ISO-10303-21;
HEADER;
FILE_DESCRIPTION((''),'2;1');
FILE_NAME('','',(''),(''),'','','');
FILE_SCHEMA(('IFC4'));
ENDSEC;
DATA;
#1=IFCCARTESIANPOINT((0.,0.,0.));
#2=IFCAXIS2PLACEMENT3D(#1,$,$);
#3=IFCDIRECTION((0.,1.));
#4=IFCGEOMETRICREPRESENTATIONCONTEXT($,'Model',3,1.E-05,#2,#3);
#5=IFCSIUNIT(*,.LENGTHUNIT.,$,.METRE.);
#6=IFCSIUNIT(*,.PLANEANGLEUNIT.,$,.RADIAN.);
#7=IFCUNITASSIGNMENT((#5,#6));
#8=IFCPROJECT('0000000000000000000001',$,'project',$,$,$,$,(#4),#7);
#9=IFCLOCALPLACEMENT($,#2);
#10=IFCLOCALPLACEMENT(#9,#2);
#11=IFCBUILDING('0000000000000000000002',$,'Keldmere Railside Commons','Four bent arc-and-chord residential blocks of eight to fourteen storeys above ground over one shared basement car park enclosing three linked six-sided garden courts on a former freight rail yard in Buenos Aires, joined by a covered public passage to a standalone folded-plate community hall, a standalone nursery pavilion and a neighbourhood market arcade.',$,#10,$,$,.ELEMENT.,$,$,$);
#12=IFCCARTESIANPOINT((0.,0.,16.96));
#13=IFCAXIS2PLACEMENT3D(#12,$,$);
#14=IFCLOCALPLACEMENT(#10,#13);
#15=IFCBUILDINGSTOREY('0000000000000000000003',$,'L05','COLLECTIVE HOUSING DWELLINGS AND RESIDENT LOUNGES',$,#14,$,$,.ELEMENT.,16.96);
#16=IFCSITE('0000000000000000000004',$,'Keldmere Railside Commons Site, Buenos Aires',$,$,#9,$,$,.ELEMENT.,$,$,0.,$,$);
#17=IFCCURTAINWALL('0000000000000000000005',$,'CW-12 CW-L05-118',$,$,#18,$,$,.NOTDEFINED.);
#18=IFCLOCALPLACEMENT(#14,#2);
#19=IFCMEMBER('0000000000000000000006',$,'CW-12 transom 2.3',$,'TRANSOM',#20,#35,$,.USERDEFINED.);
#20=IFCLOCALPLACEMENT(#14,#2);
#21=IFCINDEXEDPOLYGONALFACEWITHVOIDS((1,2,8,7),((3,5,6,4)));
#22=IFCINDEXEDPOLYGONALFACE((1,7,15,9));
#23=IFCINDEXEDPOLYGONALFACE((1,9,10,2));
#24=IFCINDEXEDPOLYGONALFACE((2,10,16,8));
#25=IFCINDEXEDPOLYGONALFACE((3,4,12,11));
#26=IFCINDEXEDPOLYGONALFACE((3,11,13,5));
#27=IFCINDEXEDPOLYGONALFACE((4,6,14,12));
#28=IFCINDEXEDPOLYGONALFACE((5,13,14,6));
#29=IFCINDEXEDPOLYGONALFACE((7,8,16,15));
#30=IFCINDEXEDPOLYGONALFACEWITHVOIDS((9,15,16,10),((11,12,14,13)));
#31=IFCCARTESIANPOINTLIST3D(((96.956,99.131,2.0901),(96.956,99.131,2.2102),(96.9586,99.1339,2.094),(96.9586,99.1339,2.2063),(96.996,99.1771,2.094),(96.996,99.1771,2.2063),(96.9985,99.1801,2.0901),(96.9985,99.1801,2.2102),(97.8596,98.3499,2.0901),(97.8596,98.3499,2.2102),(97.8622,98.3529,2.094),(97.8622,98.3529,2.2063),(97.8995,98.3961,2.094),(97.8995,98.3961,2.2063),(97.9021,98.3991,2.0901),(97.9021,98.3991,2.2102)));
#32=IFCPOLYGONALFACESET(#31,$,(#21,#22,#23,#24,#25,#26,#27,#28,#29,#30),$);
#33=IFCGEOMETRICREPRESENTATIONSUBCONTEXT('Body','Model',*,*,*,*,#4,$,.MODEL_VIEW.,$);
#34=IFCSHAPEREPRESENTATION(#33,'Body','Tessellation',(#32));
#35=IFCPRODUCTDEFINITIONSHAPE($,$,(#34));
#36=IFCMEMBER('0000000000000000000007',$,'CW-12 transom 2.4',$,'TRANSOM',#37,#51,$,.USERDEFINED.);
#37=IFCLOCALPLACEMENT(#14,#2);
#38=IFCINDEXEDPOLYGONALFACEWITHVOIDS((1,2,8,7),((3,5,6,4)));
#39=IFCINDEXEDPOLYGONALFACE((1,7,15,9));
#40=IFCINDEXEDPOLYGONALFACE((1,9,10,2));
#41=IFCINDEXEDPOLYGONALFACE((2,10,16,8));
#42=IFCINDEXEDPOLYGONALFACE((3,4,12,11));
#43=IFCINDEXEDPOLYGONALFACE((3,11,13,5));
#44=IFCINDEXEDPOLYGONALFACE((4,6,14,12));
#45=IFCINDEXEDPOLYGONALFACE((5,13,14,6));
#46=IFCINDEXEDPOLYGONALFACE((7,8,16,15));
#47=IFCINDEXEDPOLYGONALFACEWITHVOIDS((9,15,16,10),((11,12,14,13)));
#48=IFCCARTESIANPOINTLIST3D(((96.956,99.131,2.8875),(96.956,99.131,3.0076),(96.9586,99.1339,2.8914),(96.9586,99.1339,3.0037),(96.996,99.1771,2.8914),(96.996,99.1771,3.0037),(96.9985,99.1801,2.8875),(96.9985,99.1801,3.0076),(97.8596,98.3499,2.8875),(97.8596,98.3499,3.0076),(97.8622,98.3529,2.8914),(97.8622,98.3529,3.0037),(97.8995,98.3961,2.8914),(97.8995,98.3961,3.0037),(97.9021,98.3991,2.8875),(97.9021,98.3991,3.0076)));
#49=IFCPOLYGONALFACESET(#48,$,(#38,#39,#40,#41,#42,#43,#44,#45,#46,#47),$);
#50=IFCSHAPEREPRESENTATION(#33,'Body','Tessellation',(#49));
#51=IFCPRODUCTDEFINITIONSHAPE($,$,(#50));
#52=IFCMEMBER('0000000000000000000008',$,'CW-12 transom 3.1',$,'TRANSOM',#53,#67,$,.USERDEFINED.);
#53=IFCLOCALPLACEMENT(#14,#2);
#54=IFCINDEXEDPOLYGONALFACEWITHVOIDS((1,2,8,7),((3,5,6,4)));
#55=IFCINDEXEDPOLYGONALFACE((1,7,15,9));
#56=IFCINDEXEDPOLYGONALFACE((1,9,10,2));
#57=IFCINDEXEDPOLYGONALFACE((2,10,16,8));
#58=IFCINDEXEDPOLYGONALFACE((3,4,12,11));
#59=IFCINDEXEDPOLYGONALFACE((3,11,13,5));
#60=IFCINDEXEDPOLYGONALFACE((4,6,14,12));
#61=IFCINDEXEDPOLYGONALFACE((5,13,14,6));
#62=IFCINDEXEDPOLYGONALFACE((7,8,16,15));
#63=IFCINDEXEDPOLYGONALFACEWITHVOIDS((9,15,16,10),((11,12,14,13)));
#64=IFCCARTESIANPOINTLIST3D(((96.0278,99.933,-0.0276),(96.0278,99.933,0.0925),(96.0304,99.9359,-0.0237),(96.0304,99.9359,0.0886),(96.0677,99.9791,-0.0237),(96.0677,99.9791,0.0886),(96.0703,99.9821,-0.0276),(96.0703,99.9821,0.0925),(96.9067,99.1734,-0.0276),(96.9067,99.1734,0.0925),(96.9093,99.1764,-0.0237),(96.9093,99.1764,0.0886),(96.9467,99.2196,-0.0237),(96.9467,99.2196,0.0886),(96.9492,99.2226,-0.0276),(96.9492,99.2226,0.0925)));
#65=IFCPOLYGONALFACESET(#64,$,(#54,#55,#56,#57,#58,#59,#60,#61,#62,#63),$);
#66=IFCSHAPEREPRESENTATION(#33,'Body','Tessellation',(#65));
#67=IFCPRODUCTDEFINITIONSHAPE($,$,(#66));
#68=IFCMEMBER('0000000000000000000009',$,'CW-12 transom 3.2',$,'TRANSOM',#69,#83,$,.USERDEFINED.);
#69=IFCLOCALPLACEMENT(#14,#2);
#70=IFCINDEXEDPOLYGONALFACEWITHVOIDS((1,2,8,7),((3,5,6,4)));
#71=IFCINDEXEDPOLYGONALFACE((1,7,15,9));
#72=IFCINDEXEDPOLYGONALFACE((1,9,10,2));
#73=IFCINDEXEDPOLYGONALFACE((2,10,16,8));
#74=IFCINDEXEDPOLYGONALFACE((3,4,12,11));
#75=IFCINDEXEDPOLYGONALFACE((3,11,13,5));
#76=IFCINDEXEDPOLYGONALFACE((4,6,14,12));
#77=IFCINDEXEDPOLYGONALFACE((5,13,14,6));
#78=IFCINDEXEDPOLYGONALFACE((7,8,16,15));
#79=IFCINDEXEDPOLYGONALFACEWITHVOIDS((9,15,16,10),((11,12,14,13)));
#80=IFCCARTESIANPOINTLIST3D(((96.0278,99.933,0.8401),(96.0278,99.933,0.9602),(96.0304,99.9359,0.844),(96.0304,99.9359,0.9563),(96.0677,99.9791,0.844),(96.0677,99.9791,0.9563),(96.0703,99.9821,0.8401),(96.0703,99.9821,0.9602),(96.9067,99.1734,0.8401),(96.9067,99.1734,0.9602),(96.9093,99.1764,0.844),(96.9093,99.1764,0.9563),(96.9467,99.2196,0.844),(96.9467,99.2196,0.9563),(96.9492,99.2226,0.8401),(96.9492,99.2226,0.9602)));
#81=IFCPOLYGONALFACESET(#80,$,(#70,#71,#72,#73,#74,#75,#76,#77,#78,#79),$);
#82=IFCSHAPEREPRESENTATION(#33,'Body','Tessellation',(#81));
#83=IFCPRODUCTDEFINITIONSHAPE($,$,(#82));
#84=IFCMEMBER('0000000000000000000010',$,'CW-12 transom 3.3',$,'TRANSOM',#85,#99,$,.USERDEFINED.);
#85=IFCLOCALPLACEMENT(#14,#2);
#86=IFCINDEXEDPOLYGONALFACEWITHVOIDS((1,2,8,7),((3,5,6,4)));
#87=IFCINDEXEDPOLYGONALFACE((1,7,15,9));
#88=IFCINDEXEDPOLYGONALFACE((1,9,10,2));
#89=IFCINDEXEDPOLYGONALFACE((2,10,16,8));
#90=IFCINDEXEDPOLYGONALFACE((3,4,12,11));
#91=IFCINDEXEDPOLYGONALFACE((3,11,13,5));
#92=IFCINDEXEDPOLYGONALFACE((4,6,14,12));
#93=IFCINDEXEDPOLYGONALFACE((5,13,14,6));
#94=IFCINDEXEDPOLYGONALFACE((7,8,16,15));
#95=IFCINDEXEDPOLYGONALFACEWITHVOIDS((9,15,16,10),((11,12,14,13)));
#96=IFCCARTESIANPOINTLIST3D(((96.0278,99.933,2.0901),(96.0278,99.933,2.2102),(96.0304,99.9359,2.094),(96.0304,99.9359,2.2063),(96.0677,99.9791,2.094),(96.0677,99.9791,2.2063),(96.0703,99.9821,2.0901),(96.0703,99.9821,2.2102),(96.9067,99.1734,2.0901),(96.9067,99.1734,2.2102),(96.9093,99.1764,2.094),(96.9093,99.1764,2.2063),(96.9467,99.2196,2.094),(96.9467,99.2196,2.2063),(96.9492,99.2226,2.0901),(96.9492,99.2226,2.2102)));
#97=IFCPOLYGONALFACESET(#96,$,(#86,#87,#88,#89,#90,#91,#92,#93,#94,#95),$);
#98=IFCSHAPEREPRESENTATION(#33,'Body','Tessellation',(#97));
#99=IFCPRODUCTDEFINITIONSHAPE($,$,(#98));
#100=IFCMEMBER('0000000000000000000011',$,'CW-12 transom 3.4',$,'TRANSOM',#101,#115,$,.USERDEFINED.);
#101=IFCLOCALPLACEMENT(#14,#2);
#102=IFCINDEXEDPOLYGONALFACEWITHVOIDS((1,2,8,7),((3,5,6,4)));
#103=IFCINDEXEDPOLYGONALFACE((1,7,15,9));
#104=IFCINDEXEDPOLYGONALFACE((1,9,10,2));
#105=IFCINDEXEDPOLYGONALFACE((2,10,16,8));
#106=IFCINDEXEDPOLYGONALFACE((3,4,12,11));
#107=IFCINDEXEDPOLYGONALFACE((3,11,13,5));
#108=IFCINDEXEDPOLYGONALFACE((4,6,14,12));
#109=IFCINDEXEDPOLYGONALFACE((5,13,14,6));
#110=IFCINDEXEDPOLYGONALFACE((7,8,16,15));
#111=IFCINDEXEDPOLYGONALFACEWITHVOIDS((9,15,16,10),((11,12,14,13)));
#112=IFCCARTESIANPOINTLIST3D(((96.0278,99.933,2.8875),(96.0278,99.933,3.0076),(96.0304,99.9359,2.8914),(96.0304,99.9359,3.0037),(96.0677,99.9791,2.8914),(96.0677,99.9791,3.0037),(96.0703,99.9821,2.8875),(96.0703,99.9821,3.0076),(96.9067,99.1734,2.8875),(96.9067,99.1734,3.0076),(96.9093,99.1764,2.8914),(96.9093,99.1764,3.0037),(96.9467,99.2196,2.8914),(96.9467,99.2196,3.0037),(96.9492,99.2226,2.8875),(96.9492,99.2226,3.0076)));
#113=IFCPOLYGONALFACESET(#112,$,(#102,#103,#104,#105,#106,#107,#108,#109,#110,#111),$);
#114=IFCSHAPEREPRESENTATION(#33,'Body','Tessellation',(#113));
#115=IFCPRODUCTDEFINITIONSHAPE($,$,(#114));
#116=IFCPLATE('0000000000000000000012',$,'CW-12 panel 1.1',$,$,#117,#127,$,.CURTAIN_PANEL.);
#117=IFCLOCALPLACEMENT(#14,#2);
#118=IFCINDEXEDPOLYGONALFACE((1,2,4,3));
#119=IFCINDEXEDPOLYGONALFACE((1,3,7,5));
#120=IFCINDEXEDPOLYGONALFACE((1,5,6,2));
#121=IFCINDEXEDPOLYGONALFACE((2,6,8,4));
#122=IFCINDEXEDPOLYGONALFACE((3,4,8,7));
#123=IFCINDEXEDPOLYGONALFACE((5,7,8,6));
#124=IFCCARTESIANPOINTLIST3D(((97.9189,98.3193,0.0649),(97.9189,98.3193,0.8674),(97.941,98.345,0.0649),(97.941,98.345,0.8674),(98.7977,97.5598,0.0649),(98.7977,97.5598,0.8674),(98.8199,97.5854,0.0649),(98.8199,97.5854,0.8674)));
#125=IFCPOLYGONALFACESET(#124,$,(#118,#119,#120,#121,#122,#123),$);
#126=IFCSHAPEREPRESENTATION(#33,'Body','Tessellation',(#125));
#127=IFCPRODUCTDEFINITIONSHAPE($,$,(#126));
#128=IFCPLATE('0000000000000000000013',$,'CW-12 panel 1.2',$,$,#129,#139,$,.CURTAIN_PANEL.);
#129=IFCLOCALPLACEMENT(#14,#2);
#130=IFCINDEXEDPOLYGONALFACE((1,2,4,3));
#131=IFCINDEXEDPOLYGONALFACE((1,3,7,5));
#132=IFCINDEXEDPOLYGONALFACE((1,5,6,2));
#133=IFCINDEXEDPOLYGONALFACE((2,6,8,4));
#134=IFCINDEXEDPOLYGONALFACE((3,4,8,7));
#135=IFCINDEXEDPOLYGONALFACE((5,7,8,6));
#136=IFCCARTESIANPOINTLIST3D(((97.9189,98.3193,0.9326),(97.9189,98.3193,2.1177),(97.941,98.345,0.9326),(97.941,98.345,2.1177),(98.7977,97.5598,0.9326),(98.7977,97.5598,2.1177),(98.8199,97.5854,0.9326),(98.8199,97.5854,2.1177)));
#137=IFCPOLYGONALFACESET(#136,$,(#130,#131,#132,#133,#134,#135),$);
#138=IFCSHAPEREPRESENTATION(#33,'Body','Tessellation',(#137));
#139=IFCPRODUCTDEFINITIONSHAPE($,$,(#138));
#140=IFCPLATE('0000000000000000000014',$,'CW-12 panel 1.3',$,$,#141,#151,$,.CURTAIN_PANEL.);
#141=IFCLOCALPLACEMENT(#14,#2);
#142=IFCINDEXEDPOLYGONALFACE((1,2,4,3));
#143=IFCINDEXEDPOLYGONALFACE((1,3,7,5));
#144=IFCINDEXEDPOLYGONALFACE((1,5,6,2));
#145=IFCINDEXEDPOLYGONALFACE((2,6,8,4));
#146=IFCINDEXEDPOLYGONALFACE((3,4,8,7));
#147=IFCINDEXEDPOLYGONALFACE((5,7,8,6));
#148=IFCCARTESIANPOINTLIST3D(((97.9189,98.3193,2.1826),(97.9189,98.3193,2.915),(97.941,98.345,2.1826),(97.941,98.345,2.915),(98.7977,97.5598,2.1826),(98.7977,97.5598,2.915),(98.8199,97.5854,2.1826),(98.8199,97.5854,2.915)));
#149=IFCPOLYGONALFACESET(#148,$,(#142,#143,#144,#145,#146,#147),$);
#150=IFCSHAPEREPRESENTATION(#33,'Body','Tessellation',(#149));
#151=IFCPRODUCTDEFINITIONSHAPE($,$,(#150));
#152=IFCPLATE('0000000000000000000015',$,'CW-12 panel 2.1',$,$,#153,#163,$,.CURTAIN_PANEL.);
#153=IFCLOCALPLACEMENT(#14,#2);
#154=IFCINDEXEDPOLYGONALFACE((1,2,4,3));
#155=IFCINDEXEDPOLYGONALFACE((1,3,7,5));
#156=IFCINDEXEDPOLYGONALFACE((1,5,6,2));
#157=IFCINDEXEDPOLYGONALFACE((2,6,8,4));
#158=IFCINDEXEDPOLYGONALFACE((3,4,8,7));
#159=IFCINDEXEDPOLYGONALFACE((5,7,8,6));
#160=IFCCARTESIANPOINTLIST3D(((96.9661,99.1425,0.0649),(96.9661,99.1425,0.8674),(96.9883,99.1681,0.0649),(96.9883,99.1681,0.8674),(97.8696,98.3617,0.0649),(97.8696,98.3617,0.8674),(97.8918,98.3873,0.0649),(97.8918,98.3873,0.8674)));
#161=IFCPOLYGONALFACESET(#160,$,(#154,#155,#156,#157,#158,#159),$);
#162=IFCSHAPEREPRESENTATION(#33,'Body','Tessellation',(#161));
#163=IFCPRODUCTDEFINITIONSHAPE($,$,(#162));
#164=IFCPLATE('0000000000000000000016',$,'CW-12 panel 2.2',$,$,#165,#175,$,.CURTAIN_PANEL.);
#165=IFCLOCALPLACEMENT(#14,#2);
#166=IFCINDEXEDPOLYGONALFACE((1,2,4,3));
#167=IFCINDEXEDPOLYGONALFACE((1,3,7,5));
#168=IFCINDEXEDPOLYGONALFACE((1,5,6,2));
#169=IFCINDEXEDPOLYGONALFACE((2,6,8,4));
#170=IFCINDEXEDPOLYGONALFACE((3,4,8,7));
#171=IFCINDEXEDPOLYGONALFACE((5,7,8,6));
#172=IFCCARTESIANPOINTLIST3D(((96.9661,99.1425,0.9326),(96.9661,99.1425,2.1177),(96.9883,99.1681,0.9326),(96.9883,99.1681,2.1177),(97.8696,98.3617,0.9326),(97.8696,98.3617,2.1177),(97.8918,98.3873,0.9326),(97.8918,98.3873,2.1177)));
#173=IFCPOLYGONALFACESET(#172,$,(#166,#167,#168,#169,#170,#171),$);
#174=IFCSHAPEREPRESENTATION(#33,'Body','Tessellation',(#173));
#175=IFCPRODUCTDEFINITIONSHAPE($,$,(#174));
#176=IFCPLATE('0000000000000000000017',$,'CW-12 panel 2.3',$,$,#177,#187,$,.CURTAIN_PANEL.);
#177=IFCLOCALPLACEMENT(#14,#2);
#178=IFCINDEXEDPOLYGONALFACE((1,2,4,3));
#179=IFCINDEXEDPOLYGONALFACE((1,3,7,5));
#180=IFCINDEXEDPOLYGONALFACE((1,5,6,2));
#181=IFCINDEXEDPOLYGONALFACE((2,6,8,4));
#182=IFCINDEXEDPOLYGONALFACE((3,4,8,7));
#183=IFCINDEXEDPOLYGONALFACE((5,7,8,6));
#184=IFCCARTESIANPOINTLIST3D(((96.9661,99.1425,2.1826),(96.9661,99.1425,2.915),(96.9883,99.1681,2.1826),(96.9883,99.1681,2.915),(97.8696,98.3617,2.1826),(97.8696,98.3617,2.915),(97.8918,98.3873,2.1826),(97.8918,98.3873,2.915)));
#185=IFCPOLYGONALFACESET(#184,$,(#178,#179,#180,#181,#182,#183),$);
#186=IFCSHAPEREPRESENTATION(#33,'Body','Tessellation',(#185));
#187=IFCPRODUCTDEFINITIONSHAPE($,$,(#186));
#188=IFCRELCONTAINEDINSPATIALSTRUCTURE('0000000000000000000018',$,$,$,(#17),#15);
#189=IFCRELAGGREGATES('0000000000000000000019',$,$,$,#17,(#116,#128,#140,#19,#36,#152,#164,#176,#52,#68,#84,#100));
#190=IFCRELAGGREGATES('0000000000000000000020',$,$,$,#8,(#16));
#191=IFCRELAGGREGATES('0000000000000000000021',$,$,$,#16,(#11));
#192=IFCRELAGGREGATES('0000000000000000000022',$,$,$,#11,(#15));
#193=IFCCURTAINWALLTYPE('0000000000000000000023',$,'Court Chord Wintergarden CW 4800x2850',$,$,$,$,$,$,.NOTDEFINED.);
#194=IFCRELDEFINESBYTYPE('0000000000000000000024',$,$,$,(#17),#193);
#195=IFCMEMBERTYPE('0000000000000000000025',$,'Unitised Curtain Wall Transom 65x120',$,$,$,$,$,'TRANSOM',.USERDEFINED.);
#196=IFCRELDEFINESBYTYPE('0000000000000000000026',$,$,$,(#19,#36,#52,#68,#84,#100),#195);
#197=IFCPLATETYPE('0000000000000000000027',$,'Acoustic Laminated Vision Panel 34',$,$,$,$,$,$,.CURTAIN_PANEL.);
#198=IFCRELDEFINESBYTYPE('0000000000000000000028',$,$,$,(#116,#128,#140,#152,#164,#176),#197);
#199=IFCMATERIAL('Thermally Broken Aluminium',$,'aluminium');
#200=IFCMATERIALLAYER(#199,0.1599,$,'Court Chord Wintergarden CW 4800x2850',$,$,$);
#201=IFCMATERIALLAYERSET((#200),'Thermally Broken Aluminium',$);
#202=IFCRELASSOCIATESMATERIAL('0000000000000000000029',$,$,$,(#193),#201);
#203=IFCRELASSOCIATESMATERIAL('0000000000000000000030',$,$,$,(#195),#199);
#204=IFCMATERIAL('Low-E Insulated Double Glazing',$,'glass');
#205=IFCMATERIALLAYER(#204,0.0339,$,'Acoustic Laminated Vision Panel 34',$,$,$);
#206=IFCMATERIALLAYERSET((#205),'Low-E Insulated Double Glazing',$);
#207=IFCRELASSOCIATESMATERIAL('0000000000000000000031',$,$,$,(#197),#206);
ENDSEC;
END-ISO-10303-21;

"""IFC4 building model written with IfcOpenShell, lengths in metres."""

from ifc_helpers import new_model, si_unit, direction, frame, origin, origin_2d, place, context, subcontext, project, spatial, rectangle, hollow_rectangle, extrude, material, layer, layer_set, material_profile, profile_set, type_object, element, aggregate, save


model = new_model("IFC4")

# Units and contexts
model_context = context("Model", 3, precision=1e-05, world=origin(), true_north=direction((0.0, 1.0)))
body_context = subcontext(model_context, "Body", "Model", "MODEL_VIEW")
ifc_project = project(units=[si_unit("LENGTHUNIT", "METRE"), si_unit("PLANEANGLEUNIT", "RADIAN")], contexts=[model_context])

# Site, building, storey
site_placement = place(None, origin())
site = spatial("IfcSite", under=ifc_project, at=site_placement, Name="Keldmere Railside Commons Site, Buenos Aires", CompositionType="ELEMENT", RefElevation=0.0)
building_placement = place(site_placement, origin())
building = spatial("IfcBuilding", under=site, at=building_placement, Name="Keldmere Railside Commons", Description="Four bent arc-and-chord residential blocks of eight to fourteen storeys above ground over one shared basement car park enclosing three linked six-sided garden courts on a former freight rail yard in Buenos Aires, joined by a covered public passage to a standalone folded-plate community hall, a standalone nursery pavilion and a neighbourhood market arcade.", CompositionType="ELEMENT")
storey_placement = place(building_placement, frame((0.0, 0.0, 16.96)))
storey = spatial("IfcBuildingStorey", under=building, at=storey_placement, Name="L05", Description="COLLECTIVE HOUSING DWELLINGS AND RESIDENT LOUNGES", CompositionType="ELEMENT", Elevation=16.96)

# Curtain wall, members, plates
ifc_material_1 = material(Name="Thermally Broken Aluminium", Category="aluminium")
ifc_layer_1 = layer(ifc_material_1, 0.1599, Name="Court Chord Wintergarden CW 4800x2850")
ifc_layer_set_1 = layer_set([ifc_layer_1], Name="Thermally Broken Aluminium")
curtain_wall_type = type_object("IfcCurtainWallType", Name="Court Chord Wintergarden CW 4800x2850", PredefinedType="NOTDEFINED", material=ifc_layer_set_1)
curtain_wall_placement = place(storey_placement, origin())
curtain_wall = element("IfcCurtainWall", 1, at=curtain_wall_placement, inside=storey, type_object=curtain_wall_type, Name="CW-12 CW-L05-118", PredefinedType="NOTDEFINED")
ifc_material_profile_1 = material_profile(ifc_material_1, hollow_rectangle(XDim=0.0649, YDim=0.1201, WallThickness=0.0039, at=origin_2d()), Name="ALU-TRAN-65x120")
ifc_profile_set_1 = profile_set([ifc_material_profile_1], Name="Thermally Broken Aluminium")
member_type_1 = type_object("IfcMemberType", Name="Unitised Curtain Wall Transom 65x120", ElementType="TRANSOM", PredefinedType="USERDEFINED", material=ifc_profile_set_1)
member_1_placement = place(storey_placement, frame((97.8809, 98.3745, 2.1501), z_axis=(-0.756552, 0.653934, 0.0), x_axis=(-0.653934, -0.756552, 0.0)))
member_1 = element("IfcMember", 2, at=member_1_placement, type_object=member_type_1, Name="CW-12 transom 2.3", ObjectType="TRANSOM", PredefinedType="USERDEFINED", context=body_context, shape_type="SweptSolid", body=[
    extrude(hollow_rectangle(XDim=0.0649, YDim=0.1201, WallThickness=0.0039, at=origin_2d()), origin(), (0.0, 0.0, 1.0), 1.1943),
])
member_2_placement = place(storey_placement, frame((97.8809, 98.3745, 2.9475), z_axis=(-0.756552, 0.653934, 0.0), x_axis=(-0.653934, -0.756552, 0.0)))
member_2 = element("IfcMember", 3, at=member_2_placement, type_object=member_type_1, Name="CW-12 transom 2.4", ObjectType="TRANSOM", PredefinedType="USERDEFINED", context=body_context, shape_type="SweptSolid", body=[
    extrude(hollow_rectangle(XDim=0.0649, YDim=0.1201, WallThickness=0.0039, at=origin_2d()), origin(), (0.0, 0.0, 1.0), 1.1943),
])
member_3_placement = place(storey_placement, frame((96.928, 99.198, 0.0325), z_axis=(-0.756624, 0.65385, 0.0), x_axis=(-0.65385, -0.756624, 0.0)))
member_3 = element("IfcMember", 4, at=member_3_placement, type_object=member_type_1, Name="CW-12 transom 3.1", ObjectType="TRANSOM", PredefinedType="USERDEFINED", context=body_context, shape_type="SweptSolid", body=[
    extrude(hollow_rectangle(XDim=0.0649, YDim=0.1201, WallThickness=0.0039, at=origin_2d()), origin(), (0.0, 0.0, 1.0), 1.1616),
])
member_4_placement = place(storey_placement, frame((96.928, 99.198, 0.9001), z_axis=(-0.756624, 0.65385, 0.0), x_axis=(-0.65385, -0.756624, 0.0)))
member_4 = element("IfcMember", 5, at=member_4_placement, type_object=member_type_1, Name="CW-12 transom 3.2", ObjectType="TRANSOM", PredefinedType="USERDEFINED", context=body_context, shape_type="SweptSolid", body=[
    extrude(hollow_rectangle(XDim=0.0649, YDim=0.1201, WallThickness=0.0039, at=origin_2d()), origin(), (0.0, 0.0, 1.0), 1.1616),
])
member_5_placement = place(storey_placement, frame((96.928, 99.198, 2.1501), z_axis=(-0.756624, 0.65385, 0.0), x_axis=(-0.65385, -0.756624, 0.0)))
member_5 = element("IfcMember", 6, at=member_5_placement, type_object=member_type_1, Name="CW-12 transom 3.3", ObjectType="TRANSOM", PredefinedType="USERDEFINED", context=body_context, shape_type="SweptSolid", body=[
    extrude(hollow_rectangle(XDim=0.0649, YDim=0.1201, WallThickness=0.0039, at=origin_2d()), origin(), (0.0, 0.0, 1.0), 1.1616),
])
member_6_placement = place(storey_placement, frame((96.928, 99.198, 2.9475), z_axis=(-0.756624, 0.65385, 0.0), x_axis=(-0.65385, -0.756624, 0.0)))
member_6 = element("IfcMember", 7, at=member_6_placement, type_object=member_type_1, Name="CW-12 transom 3.4", ObjectType="TRANSOM", PredefinedType="USERDEFINED", context=body_context, shape_type="SweptSolid", body=[
    extrude(hollow_rectangle(XDim=0.0649, YDim=0.1201, WallThickness=0.0039, at=origin_2d()), origin(), (0.0, 0.0, 1.0), 1.1616),
])
ifc_material_2 = material(Name="Low-E Insulated Double Glazing", Category="glass")
ifc_layer_2 = layer(ifc_material_2, 0.0339, Name="Acoustic Laminated Vision Panel 34")
ifc_layer_set_2 = layer_set([ifc_layer_2], Name="Low-E Insulated Double Glazing")
plate_type = type_object("IfcPlateType", Name="Acoustic Laminated Vision Panel 34", PredefinedType="CURTAIN_PANEL", material=ifc_layer_set_2)
plate_1_placement = place(storey_placement, frame((98.3694, 97.9524, 0.0649), z_axis=(0.0, 0.0, 1.0), x_axis=(-0.756597, 0.653882, 0.0)))
plate_1 = element("IfcPlate", 8, at=plate_1_placement, type_object=plate_type, Name="CW-12 panel 1.1", PredefinedType="CURTAIN_PANEL", context=body_context, shape_type="SweptSolid", body=[
    extrude(rectangle(XDim=1.1616, YDim=0.0339, at=origin_2d()), origin(), (0.0, 0.0, 1.0), 0.8025),
])
plate_2_placement = place(storey_placement, frame((98.3694, 97.9524, 0.9326), z_axis=(0.0, 0.0, 1.0), x_axis=(-0.756597, 0.653882, 0.0)))
plate_2 = element("IfcPlate", 9, at=plate_2_placement, type_object=plate_type, Name="CW-12 panel 1.2", PredefinedType="CURTAIN_PANEL", context=body_context, shape_type="SweptSolid", body=[
    extrude(rectangle(XDim=1.1616, YDim=0.0339, at=origin_2d()), origin(), (0.0, 0.0, 1.0), 1.1851),
])
plate_3_placement = place(storey_placement, frame((98.3694, 97.9524, 2.1826), z_axis=(0.0, 0.0, 1.0), x_axis=(-0.756597, 0.653882, 0.0)))
plate_3 = element("IfcPlate", 10, at=plate_3_placement, type_object=plate_type, Name="CW-12 panel 1.3", PredefinedType="CURTAIN_PANEL", context=body_context, shape_type="SweptSolid", body=[
    extrude(rectangle(XDim=1.1616, YDim=0.0339, at=origin_2d()), origin(), (0.0, 0.0, 1.0), 0.7324),
])
plate_4_placement = place(storey_placement, frame((97.429, 98.7649, 0.0649), z_axis=(0.0, 0.0, 1.0), x_axis=(-0.756597, 0.653882, 0.0)))
plate_4 = element("IfcPlate", 11, at=plate_4_placement, type_object=plate_type, Name="CW-12 panel 2.1", PredefinedType="CURTAIN_PANEL", context=body_context, shape_type="SweptSolid", body=[
    extrude(rectangle(XDim=1.1941, YDim=0.0339, at=origin_2d()), origin(), (0.0, 0.0, 1.0), 0.8025),
])
plate_5_placement = place(storey_placement, frame((97.429, 98.7649, 0.9326), z_axis=(0.0, 0.0, 1.0), x_axis=(-0.756597, 0.653882, 0.0)))
plate_5 = element("IfcPlate", 12, at=plate_5_placement, type_object=plate_type, Name="CW-12 panel 2.2", PredefinedType="CURTAIN_PANEL", context=body_context, shape_type="SweptSolid", body=[
    extrude(rectangle(XDim=1.1941, YDim=0.0339, at=origin_2d()), origin(), (0.0, 0.0, 1.0), 1.1851),
])
plate_6_placement = place(storey_placement, frame((97.429, 98.7649, 2.1826), z_axis=(0.0, 0.0, 1.0), x_axis=(-0.756597, 0.653882, 0.0)))
plate_6 = element("IfcPlate", 13, at=plate_6_placement, type_object=plate_type, Name="CW-12 panel 2.3", PredefinedType="CURTAIN_PANEL", context=body_context, shape_type="SweptSolid", body=[
    extrude(rectangle(XDim=1.1941, YDim=0.0339, at=origin_2d()), origin(), (0.0, 0.0, 1.0), 0.7324),
])
aggregate(curtain_wall, [plate_1, plate_2, plate_3, member_1, member_2, plate_4, plate_5, plate_6, member_3, member_4, member_5, member_6])

save(model, "model.ifc")
